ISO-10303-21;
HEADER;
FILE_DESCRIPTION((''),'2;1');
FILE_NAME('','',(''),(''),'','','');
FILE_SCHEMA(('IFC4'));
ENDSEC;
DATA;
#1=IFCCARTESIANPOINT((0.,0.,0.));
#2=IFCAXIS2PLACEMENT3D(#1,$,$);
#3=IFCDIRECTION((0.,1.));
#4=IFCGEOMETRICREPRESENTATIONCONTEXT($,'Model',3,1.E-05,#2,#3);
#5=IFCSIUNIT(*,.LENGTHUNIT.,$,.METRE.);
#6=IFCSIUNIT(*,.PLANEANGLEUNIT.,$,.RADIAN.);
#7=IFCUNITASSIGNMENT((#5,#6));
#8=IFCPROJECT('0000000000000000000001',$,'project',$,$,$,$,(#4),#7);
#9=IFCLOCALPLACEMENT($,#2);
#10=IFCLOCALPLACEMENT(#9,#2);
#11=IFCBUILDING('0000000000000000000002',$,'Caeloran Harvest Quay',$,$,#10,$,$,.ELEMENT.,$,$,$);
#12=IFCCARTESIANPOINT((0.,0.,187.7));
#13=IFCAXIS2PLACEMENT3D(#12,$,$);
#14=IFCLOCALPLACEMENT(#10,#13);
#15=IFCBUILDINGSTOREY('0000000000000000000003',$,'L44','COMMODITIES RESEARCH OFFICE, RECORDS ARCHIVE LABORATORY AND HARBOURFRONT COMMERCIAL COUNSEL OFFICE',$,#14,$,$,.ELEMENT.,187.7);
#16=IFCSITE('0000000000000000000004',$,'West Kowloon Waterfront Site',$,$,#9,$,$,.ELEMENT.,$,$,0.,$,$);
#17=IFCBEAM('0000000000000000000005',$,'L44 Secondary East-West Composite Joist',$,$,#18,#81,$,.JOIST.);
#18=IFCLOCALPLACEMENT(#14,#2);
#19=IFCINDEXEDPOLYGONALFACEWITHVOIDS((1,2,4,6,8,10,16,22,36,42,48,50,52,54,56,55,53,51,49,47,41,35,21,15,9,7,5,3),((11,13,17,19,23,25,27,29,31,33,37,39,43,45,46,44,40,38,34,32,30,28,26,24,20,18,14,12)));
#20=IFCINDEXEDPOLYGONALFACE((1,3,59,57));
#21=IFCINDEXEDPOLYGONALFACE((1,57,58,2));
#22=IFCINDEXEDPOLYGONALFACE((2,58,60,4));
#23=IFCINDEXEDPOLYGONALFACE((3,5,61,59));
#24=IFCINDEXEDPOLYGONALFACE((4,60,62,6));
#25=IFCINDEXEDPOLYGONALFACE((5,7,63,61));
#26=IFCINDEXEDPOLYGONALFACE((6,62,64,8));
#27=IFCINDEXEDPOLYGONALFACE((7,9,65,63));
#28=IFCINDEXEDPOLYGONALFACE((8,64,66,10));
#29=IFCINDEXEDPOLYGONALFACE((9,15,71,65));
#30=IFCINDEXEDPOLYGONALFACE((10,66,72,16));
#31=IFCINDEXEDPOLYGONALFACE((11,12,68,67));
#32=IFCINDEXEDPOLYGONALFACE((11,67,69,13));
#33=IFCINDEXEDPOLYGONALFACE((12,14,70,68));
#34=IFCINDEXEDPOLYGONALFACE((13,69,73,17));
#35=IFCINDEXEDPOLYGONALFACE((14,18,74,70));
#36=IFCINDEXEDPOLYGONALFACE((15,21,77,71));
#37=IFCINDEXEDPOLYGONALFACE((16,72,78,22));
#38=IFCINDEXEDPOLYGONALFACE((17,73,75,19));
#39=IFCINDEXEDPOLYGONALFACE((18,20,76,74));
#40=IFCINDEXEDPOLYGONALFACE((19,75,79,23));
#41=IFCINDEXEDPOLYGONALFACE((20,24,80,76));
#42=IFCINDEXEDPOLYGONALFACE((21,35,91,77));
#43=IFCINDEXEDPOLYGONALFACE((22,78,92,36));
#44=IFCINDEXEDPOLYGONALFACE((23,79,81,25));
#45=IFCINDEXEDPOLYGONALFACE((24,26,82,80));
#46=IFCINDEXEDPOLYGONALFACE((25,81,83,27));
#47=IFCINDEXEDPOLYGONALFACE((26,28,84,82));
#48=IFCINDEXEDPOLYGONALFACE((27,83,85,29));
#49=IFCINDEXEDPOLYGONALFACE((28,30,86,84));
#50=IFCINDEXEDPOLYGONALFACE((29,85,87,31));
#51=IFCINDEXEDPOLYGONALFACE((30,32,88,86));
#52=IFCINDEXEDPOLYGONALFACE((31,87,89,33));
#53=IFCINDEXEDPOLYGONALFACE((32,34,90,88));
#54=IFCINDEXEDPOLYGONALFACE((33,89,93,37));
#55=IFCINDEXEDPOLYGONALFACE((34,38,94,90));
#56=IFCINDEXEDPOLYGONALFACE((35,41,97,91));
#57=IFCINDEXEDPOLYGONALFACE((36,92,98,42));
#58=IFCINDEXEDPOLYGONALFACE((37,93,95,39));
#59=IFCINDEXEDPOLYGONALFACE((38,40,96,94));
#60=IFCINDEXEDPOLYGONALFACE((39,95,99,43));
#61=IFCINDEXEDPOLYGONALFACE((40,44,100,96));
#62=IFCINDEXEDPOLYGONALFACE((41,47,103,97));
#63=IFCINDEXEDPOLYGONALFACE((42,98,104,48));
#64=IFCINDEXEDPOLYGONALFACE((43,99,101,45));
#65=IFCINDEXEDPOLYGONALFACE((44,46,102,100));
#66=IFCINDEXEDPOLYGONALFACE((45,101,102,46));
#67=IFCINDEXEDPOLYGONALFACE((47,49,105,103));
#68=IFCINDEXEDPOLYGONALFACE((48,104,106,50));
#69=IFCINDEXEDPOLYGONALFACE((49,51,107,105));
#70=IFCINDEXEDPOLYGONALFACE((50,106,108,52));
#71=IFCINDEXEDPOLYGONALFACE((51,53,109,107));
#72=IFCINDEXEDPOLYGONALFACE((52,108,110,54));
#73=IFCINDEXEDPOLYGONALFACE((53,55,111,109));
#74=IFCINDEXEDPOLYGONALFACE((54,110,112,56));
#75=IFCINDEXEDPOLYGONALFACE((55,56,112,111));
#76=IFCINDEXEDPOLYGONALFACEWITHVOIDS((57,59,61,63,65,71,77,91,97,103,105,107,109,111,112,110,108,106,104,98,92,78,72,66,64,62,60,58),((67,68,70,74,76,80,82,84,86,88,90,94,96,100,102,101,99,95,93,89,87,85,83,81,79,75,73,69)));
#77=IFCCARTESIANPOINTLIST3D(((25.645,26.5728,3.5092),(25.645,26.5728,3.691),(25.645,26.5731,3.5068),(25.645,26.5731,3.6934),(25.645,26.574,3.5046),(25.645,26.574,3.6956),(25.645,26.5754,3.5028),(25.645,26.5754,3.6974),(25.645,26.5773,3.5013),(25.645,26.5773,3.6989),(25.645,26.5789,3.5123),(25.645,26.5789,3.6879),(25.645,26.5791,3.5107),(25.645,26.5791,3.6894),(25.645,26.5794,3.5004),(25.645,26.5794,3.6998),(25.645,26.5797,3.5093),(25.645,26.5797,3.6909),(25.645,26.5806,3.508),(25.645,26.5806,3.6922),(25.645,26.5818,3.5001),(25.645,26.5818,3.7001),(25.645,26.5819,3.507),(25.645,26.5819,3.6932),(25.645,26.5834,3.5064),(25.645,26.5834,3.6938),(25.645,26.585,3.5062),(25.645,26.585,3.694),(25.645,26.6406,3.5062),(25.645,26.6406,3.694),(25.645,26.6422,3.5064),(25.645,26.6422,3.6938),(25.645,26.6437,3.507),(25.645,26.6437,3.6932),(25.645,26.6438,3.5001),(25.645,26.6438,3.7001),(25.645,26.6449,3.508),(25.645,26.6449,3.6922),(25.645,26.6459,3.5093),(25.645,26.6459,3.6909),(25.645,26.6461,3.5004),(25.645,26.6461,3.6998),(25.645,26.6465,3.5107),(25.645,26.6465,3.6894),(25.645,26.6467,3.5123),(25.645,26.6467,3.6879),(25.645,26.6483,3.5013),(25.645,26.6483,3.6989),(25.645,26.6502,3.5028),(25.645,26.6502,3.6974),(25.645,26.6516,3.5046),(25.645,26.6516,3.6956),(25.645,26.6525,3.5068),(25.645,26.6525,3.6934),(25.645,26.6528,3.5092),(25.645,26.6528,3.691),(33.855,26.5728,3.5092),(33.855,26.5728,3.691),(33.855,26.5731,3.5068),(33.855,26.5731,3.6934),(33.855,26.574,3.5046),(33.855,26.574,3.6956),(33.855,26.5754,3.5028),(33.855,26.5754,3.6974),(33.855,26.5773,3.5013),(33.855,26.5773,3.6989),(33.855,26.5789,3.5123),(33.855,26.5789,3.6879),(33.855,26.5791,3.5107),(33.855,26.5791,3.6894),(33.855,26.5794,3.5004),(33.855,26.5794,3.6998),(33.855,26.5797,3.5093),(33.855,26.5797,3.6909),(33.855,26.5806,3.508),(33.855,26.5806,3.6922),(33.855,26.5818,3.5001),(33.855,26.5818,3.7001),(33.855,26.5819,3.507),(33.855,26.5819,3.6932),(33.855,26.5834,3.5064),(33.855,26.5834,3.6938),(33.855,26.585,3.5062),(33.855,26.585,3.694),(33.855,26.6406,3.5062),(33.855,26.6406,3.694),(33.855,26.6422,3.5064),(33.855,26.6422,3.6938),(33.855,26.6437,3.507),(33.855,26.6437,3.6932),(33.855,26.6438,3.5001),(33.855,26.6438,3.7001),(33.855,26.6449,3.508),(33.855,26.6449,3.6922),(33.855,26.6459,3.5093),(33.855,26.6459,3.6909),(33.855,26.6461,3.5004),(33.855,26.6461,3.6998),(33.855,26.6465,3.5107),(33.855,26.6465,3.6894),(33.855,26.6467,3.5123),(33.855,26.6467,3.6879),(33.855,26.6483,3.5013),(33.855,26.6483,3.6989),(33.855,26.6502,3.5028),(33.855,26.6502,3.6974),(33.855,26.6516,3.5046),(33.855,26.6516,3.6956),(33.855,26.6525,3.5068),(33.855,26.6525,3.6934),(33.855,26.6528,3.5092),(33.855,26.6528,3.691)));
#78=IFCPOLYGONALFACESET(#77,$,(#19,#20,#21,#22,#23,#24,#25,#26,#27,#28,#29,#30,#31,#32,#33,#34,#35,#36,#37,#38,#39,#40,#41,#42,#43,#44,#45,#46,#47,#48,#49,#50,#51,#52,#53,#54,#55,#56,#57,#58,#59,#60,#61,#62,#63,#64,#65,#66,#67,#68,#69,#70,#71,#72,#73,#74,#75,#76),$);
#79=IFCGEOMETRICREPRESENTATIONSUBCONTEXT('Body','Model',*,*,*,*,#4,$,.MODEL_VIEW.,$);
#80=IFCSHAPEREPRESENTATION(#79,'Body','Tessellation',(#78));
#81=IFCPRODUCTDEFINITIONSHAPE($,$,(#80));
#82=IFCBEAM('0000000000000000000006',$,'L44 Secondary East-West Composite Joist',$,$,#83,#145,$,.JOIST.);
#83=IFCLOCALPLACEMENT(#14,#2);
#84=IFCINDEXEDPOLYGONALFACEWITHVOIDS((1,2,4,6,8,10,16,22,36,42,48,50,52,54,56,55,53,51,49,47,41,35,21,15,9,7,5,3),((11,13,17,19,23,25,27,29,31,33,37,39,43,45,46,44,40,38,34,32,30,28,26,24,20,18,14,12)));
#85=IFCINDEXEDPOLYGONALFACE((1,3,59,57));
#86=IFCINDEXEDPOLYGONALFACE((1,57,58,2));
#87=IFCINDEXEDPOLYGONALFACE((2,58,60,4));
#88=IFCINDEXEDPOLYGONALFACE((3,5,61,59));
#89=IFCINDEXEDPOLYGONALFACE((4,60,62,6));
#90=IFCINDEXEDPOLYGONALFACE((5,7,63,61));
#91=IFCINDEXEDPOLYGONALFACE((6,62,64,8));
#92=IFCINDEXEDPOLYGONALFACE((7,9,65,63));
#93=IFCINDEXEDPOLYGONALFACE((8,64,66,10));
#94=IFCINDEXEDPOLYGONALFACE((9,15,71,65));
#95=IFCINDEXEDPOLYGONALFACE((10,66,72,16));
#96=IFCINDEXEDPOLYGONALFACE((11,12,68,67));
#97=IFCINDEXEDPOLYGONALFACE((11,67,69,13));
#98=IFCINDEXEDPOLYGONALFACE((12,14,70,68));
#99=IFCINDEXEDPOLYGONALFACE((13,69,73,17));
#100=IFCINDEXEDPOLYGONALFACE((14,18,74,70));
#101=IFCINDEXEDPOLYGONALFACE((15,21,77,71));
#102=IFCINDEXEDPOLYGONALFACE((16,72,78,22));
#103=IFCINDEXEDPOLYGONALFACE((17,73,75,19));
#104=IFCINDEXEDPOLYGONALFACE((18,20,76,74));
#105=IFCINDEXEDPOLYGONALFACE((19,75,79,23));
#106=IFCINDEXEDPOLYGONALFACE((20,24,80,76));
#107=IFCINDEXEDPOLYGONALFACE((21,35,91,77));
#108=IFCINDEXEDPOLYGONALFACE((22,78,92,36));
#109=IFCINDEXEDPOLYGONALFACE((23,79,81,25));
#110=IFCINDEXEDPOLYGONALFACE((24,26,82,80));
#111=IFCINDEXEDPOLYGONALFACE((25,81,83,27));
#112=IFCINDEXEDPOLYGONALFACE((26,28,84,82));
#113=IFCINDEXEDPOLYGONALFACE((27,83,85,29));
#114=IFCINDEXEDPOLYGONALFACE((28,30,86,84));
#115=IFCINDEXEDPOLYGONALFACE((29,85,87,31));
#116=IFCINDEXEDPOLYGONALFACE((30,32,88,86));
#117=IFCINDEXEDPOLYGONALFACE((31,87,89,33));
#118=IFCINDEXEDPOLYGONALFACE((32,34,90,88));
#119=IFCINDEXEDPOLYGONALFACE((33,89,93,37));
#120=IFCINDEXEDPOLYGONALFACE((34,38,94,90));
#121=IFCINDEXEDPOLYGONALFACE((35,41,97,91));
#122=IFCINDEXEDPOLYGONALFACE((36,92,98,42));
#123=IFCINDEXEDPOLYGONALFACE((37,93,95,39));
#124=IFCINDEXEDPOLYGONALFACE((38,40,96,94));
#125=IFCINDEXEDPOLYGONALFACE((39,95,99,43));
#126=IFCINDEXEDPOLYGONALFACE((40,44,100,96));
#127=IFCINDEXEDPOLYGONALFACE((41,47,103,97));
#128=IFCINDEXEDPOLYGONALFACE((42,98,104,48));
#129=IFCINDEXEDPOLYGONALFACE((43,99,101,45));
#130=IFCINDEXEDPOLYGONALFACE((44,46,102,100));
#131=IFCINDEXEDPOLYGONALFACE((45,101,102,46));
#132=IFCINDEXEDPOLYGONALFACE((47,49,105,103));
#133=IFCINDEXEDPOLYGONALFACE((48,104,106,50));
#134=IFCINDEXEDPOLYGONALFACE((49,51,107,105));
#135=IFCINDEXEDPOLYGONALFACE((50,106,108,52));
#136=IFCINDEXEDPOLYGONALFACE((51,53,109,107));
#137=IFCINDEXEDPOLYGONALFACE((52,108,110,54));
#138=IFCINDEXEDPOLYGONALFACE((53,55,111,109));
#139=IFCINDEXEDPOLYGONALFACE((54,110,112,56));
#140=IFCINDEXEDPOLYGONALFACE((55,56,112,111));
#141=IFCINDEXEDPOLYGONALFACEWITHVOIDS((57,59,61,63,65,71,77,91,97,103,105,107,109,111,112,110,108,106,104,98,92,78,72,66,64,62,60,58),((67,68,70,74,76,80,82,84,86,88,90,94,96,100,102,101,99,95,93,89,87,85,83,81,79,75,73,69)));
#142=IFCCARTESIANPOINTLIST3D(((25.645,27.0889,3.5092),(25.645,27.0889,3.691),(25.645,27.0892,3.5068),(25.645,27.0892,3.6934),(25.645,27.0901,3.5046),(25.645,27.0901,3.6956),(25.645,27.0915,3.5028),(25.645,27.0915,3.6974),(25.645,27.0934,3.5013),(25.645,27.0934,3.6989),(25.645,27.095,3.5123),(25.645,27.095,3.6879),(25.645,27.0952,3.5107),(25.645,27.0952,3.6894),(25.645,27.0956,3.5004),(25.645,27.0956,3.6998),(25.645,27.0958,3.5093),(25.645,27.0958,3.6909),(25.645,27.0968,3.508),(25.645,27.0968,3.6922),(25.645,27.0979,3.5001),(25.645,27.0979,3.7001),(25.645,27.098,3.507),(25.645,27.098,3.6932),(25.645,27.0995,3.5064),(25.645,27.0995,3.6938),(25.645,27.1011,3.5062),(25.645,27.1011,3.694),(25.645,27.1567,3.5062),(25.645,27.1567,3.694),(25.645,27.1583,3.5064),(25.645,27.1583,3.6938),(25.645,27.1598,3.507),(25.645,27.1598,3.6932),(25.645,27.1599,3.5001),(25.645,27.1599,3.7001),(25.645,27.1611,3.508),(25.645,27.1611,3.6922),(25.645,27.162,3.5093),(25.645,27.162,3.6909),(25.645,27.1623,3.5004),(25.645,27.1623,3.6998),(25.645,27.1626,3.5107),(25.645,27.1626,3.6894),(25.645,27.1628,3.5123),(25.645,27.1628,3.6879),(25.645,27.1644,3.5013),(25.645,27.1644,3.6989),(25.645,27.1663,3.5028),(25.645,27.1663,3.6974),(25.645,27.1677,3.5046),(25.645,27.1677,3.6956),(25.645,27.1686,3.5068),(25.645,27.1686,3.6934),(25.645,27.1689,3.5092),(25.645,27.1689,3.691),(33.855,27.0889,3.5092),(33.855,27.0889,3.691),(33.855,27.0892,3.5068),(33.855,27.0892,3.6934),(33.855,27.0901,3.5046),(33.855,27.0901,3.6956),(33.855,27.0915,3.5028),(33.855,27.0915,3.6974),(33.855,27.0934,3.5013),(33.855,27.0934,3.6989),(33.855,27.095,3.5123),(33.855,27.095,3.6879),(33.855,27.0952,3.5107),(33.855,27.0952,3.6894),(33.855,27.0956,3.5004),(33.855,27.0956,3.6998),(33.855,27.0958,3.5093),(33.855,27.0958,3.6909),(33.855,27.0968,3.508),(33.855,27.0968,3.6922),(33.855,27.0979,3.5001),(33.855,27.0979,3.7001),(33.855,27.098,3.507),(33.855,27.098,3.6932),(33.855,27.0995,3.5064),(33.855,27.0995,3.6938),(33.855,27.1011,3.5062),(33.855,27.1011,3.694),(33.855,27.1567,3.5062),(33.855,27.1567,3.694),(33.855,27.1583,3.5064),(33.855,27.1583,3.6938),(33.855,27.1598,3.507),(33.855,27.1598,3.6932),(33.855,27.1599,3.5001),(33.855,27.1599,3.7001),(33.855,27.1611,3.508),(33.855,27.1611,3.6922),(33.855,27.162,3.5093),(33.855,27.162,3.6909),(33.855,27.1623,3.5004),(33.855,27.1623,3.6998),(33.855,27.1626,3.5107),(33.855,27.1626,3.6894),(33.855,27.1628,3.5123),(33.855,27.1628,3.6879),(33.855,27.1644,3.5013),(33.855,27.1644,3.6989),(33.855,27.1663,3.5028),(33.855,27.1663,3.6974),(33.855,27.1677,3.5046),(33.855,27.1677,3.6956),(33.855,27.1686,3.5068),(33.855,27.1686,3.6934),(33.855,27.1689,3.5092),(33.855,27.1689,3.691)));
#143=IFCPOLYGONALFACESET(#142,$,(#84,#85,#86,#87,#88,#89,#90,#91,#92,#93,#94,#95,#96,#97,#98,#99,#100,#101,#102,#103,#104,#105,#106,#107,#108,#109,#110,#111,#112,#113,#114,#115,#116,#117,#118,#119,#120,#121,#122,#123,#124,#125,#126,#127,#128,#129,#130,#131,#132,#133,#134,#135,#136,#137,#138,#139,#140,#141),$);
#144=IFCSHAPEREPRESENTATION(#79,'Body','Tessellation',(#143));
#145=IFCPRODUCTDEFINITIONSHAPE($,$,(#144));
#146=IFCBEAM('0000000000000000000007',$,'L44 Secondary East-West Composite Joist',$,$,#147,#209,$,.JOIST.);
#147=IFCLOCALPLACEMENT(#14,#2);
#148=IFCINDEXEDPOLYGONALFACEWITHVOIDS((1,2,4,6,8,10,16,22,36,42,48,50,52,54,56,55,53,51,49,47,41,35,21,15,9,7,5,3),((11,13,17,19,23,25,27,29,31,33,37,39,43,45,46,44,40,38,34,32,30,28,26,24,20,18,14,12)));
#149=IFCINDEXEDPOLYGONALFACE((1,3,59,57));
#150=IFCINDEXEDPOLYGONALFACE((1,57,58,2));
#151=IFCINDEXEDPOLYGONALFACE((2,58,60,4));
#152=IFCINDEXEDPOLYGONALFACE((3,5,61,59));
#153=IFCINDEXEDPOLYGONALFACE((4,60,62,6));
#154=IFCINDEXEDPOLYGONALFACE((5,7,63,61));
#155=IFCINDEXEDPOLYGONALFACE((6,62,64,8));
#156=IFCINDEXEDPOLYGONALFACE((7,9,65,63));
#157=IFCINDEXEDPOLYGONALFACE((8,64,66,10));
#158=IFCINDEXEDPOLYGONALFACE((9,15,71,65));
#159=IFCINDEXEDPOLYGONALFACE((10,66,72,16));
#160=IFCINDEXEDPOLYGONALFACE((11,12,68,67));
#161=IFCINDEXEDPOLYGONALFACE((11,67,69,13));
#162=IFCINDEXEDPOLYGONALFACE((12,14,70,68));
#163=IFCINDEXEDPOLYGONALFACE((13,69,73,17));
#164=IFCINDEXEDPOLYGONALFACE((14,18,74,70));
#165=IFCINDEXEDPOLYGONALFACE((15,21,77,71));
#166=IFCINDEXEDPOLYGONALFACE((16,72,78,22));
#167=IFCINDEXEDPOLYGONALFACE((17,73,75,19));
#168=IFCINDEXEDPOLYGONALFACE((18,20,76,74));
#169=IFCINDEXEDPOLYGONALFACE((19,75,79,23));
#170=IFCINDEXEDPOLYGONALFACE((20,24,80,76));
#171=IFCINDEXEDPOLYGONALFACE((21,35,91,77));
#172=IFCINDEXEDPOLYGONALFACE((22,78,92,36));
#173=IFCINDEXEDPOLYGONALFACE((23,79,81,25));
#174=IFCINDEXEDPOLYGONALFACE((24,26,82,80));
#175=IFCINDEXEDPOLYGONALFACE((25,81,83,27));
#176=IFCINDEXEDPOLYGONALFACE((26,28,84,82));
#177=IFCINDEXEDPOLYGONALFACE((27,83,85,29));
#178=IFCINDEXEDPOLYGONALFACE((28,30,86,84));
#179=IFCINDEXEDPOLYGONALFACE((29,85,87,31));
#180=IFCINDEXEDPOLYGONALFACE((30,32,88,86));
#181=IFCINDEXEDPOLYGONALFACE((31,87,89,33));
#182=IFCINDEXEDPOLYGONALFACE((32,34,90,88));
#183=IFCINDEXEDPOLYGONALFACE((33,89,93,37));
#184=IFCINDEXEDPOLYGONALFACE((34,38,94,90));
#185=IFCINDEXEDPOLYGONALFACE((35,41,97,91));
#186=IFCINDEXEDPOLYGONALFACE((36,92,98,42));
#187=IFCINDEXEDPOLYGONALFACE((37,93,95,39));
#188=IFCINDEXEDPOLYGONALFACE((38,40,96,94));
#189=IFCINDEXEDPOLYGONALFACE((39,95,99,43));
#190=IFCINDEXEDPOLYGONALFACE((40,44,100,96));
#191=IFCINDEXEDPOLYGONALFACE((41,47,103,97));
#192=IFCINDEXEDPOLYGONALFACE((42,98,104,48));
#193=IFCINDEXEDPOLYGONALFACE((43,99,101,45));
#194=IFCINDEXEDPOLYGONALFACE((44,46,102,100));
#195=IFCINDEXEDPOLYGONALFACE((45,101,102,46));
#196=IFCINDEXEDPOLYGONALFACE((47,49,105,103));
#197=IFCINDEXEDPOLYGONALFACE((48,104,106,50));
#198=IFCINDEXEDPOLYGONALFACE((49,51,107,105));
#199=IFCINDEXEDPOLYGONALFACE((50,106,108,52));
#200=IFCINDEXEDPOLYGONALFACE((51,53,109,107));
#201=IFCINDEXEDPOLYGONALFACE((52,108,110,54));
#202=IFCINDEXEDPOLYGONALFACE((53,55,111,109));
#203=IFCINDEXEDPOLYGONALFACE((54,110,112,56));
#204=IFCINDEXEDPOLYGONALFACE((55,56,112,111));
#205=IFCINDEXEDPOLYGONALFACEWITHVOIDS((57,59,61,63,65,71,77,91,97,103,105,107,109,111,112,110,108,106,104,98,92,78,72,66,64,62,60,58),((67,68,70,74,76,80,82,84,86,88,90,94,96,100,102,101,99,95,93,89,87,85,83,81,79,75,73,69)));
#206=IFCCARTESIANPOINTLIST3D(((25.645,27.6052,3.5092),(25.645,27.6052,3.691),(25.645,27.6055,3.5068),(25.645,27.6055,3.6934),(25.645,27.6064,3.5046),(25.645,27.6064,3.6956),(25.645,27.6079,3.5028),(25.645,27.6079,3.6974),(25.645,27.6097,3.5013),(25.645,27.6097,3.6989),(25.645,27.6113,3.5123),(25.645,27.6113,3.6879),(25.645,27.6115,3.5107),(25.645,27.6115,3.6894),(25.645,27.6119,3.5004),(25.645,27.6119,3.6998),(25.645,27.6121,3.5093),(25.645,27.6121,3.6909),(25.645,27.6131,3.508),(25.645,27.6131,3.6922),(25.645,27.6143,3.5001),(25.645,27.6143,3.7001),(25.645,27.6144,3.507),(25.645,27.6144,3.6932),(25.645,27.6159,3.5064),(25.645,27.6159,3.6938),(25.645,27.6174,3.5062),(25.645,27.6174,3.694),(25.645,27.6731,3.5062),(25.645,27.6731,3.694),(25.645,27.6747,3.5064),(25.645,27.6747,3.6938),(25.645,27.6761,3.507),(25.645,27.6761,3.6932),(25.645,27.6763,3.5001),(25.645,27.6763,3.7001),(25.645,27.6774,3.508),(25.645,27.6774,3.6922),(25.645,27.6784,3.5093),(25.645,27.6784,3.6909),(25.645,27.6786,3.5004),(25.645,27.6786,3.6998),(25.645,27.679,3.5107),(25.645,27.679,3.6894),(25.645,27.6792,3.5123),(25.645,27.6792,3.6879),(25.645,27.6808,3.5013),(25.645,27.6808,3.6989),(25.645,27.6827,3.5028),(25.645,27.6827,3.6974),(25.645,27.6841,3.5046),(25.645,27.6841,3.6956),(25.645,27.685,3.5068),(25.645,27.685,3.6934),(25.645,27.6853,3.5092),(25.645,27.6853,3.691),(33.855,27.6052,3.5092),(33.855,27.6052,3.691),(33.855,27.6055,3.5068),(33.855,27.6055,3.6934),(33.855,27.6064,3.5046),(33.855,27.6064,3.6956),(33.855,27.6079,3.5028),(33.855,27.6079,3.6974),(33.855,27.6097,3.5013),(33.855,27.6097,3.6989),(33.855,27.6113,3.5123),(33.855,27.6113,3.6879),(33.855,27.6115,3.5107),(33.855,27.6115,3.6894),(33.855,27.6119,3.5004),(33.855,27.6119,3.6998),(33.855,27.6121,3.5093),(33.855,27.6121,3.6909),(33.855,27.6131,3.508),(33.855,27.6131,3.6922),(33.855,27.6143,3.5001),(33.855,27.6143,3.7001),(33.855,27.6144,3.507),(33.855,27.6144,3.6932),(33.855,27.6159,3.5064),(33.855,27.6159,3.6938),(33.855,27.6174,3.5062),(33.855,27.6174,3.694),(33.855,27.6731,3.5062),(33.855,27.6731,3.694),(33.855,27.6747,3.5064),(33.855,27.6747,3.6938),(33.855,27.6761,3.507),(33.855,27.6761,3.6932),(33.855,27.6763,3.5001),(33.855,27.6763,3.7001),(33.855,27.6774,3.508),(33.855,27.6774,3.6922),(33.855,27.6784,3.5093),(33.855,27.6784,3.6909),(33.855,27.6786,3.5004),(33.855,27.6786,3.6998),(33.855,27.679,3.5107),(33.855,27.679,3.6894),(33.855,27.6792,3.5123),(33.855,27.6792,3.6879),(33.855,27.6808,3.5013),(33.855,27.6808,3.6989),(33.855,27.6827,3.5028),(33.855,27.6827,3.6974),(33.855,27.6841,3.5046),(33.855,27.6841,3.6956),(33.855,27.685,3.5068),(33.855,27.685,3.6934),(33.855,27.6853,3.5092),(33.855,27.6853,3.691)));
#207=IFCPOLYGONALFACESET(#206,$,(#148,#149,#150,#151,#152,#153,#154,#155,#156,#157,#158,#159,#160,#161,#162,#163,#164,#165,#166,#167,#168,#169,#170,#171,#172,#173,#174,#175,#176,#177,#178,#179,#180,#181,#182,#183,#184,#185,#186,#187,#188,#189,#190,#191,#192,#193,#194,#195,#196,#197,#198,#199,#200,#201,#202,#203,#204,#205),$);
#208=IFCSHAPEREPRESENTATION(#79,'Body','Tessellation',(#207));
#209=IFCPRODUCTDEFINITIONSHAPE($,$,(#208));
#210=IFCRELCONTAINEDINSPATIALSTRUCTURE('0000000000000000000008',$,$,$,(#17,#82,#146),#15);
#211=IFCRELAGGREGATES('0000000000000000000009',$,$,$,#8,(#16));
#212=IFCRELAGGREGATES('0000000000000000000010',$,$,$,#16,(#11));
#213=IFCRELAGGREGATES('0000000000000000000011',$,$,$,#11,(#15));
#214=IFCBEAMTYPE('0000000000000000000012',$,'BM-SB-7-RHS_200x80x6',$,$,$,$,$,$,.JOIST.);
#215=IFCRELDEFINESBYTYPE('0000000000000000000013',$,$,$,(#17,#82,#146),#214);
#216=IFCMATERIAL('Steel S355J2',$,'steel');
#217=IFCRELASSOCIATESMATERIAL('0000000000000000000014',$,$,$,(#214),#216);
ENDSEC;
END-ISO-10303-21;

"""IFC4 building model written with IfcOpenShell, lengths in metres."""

from ifc_helpers import new_model, si_unit, direction, frame, origin, origin_2d, place, context, subcontext, project, spatial, hollow_rectangle, extrude, material, material_profile, profile_set, type_object, element, save


model = new_model("IFC4")

# Units and contexts
model_context = context("Model", 3, precision=1e-05, world=origin(), true_north=direction((0.0, 1.0)))
body_context = subcontext(model_context, "Body", "Model", "MODEL_VIEW")
ifc_project = project(units=[si_unit("LENGTHUNIT", "METRE"), si_unit("PLANEANGLEUNIT", "RADIAN")], contexts=[model_context])

# Site, building, storey
site_placement = place(None, origin())
site = spatial("IfcSite", under=ifc_project, at=site_placement, Name="West Kowloon Waterfront Site", CompositionType="ELEMENT", RefElevation=0.0)
building_placement = place(site_placement, origin())
building = spatial("IfcBuilding", under=site, at=building_placement, Name="Caeloran Harvest Quay", CompositionType="ELEMENT")
storey_placement = place(building_placement, frame((0.0, 0.0, 187.7)))
storey = spatial("IfcBuildingStorey", under=building, at=storey_placement, Name="L44", Description="COMMODITIES RESEARCH OFFICE, RECORDS ARCHIVE LABORATORY AND HARBOURFRONT COMMERCIAL COUNSEL OFFICE", CompositionType="ELEMENT", Elevation=187.7)

# Beams
ifc_material_1 = material(Name="Steel S355J2", Category="steel")
ifc_material_profile_1 = material_profile(ifc_material_1, hollow_rectangle(XDim=0.0801, YDim=0.2, WallThickness=0.0061, InnerFilletRadius=0.0061, OuterFilletRadius=0.009, at=origin_2d()), Name="RHS 200x80x6")
ifc_profile_set_1 = profile_set([ifc_material_profile_1], Name="Steel S355J2")
beam_type_1 = type_object("IfcBeamType", Name="BM-SB-7-RHS_200x80x6", PredefinedType="JOIST", material=ifc_profile_set_1)
for number, where, z_axis, x_axis, name in (
    (1, (25.645, 26.6128, 3.6001), (1.0, 0.0, 0.0), (0.0, 1.0, 0.0), "L44 Secondary East-West Composite Joist"),
    (2, (25.645, 27.1289, 3.6001), (1.0, 0.0, 0.0), (0.0, 1.0, 0.0), "L44 Secondary East-West Composite Joist"),
    (3, (25.645, 27.6453, 3.6001), (1.0, 0.0, 0.0), (0.0, 1.0, 0.0), "L44 Secondary East-West Composite Joist"),
):
    element("IfcBeam", number, at=place(storey_placement, frame(where, z_axis=z_axis, x_axis=x_axis)), inside=storey, type_object=beam_type_1, Name=name, PredefinedType="JOIST", context=body_context, shape_type="SweptSolid", body=[
        extrude(hollow_rectangle(XDim=0.0801, YDim=0.2, WallThickness=0.0061, InnerFilletRadius=0.0061, OuterFilletRadius=0.009, at=origin_2d()), origin(), (0.0, 0.0, 1.0), 8.21),
    ])

save(model, "model.ifc")
